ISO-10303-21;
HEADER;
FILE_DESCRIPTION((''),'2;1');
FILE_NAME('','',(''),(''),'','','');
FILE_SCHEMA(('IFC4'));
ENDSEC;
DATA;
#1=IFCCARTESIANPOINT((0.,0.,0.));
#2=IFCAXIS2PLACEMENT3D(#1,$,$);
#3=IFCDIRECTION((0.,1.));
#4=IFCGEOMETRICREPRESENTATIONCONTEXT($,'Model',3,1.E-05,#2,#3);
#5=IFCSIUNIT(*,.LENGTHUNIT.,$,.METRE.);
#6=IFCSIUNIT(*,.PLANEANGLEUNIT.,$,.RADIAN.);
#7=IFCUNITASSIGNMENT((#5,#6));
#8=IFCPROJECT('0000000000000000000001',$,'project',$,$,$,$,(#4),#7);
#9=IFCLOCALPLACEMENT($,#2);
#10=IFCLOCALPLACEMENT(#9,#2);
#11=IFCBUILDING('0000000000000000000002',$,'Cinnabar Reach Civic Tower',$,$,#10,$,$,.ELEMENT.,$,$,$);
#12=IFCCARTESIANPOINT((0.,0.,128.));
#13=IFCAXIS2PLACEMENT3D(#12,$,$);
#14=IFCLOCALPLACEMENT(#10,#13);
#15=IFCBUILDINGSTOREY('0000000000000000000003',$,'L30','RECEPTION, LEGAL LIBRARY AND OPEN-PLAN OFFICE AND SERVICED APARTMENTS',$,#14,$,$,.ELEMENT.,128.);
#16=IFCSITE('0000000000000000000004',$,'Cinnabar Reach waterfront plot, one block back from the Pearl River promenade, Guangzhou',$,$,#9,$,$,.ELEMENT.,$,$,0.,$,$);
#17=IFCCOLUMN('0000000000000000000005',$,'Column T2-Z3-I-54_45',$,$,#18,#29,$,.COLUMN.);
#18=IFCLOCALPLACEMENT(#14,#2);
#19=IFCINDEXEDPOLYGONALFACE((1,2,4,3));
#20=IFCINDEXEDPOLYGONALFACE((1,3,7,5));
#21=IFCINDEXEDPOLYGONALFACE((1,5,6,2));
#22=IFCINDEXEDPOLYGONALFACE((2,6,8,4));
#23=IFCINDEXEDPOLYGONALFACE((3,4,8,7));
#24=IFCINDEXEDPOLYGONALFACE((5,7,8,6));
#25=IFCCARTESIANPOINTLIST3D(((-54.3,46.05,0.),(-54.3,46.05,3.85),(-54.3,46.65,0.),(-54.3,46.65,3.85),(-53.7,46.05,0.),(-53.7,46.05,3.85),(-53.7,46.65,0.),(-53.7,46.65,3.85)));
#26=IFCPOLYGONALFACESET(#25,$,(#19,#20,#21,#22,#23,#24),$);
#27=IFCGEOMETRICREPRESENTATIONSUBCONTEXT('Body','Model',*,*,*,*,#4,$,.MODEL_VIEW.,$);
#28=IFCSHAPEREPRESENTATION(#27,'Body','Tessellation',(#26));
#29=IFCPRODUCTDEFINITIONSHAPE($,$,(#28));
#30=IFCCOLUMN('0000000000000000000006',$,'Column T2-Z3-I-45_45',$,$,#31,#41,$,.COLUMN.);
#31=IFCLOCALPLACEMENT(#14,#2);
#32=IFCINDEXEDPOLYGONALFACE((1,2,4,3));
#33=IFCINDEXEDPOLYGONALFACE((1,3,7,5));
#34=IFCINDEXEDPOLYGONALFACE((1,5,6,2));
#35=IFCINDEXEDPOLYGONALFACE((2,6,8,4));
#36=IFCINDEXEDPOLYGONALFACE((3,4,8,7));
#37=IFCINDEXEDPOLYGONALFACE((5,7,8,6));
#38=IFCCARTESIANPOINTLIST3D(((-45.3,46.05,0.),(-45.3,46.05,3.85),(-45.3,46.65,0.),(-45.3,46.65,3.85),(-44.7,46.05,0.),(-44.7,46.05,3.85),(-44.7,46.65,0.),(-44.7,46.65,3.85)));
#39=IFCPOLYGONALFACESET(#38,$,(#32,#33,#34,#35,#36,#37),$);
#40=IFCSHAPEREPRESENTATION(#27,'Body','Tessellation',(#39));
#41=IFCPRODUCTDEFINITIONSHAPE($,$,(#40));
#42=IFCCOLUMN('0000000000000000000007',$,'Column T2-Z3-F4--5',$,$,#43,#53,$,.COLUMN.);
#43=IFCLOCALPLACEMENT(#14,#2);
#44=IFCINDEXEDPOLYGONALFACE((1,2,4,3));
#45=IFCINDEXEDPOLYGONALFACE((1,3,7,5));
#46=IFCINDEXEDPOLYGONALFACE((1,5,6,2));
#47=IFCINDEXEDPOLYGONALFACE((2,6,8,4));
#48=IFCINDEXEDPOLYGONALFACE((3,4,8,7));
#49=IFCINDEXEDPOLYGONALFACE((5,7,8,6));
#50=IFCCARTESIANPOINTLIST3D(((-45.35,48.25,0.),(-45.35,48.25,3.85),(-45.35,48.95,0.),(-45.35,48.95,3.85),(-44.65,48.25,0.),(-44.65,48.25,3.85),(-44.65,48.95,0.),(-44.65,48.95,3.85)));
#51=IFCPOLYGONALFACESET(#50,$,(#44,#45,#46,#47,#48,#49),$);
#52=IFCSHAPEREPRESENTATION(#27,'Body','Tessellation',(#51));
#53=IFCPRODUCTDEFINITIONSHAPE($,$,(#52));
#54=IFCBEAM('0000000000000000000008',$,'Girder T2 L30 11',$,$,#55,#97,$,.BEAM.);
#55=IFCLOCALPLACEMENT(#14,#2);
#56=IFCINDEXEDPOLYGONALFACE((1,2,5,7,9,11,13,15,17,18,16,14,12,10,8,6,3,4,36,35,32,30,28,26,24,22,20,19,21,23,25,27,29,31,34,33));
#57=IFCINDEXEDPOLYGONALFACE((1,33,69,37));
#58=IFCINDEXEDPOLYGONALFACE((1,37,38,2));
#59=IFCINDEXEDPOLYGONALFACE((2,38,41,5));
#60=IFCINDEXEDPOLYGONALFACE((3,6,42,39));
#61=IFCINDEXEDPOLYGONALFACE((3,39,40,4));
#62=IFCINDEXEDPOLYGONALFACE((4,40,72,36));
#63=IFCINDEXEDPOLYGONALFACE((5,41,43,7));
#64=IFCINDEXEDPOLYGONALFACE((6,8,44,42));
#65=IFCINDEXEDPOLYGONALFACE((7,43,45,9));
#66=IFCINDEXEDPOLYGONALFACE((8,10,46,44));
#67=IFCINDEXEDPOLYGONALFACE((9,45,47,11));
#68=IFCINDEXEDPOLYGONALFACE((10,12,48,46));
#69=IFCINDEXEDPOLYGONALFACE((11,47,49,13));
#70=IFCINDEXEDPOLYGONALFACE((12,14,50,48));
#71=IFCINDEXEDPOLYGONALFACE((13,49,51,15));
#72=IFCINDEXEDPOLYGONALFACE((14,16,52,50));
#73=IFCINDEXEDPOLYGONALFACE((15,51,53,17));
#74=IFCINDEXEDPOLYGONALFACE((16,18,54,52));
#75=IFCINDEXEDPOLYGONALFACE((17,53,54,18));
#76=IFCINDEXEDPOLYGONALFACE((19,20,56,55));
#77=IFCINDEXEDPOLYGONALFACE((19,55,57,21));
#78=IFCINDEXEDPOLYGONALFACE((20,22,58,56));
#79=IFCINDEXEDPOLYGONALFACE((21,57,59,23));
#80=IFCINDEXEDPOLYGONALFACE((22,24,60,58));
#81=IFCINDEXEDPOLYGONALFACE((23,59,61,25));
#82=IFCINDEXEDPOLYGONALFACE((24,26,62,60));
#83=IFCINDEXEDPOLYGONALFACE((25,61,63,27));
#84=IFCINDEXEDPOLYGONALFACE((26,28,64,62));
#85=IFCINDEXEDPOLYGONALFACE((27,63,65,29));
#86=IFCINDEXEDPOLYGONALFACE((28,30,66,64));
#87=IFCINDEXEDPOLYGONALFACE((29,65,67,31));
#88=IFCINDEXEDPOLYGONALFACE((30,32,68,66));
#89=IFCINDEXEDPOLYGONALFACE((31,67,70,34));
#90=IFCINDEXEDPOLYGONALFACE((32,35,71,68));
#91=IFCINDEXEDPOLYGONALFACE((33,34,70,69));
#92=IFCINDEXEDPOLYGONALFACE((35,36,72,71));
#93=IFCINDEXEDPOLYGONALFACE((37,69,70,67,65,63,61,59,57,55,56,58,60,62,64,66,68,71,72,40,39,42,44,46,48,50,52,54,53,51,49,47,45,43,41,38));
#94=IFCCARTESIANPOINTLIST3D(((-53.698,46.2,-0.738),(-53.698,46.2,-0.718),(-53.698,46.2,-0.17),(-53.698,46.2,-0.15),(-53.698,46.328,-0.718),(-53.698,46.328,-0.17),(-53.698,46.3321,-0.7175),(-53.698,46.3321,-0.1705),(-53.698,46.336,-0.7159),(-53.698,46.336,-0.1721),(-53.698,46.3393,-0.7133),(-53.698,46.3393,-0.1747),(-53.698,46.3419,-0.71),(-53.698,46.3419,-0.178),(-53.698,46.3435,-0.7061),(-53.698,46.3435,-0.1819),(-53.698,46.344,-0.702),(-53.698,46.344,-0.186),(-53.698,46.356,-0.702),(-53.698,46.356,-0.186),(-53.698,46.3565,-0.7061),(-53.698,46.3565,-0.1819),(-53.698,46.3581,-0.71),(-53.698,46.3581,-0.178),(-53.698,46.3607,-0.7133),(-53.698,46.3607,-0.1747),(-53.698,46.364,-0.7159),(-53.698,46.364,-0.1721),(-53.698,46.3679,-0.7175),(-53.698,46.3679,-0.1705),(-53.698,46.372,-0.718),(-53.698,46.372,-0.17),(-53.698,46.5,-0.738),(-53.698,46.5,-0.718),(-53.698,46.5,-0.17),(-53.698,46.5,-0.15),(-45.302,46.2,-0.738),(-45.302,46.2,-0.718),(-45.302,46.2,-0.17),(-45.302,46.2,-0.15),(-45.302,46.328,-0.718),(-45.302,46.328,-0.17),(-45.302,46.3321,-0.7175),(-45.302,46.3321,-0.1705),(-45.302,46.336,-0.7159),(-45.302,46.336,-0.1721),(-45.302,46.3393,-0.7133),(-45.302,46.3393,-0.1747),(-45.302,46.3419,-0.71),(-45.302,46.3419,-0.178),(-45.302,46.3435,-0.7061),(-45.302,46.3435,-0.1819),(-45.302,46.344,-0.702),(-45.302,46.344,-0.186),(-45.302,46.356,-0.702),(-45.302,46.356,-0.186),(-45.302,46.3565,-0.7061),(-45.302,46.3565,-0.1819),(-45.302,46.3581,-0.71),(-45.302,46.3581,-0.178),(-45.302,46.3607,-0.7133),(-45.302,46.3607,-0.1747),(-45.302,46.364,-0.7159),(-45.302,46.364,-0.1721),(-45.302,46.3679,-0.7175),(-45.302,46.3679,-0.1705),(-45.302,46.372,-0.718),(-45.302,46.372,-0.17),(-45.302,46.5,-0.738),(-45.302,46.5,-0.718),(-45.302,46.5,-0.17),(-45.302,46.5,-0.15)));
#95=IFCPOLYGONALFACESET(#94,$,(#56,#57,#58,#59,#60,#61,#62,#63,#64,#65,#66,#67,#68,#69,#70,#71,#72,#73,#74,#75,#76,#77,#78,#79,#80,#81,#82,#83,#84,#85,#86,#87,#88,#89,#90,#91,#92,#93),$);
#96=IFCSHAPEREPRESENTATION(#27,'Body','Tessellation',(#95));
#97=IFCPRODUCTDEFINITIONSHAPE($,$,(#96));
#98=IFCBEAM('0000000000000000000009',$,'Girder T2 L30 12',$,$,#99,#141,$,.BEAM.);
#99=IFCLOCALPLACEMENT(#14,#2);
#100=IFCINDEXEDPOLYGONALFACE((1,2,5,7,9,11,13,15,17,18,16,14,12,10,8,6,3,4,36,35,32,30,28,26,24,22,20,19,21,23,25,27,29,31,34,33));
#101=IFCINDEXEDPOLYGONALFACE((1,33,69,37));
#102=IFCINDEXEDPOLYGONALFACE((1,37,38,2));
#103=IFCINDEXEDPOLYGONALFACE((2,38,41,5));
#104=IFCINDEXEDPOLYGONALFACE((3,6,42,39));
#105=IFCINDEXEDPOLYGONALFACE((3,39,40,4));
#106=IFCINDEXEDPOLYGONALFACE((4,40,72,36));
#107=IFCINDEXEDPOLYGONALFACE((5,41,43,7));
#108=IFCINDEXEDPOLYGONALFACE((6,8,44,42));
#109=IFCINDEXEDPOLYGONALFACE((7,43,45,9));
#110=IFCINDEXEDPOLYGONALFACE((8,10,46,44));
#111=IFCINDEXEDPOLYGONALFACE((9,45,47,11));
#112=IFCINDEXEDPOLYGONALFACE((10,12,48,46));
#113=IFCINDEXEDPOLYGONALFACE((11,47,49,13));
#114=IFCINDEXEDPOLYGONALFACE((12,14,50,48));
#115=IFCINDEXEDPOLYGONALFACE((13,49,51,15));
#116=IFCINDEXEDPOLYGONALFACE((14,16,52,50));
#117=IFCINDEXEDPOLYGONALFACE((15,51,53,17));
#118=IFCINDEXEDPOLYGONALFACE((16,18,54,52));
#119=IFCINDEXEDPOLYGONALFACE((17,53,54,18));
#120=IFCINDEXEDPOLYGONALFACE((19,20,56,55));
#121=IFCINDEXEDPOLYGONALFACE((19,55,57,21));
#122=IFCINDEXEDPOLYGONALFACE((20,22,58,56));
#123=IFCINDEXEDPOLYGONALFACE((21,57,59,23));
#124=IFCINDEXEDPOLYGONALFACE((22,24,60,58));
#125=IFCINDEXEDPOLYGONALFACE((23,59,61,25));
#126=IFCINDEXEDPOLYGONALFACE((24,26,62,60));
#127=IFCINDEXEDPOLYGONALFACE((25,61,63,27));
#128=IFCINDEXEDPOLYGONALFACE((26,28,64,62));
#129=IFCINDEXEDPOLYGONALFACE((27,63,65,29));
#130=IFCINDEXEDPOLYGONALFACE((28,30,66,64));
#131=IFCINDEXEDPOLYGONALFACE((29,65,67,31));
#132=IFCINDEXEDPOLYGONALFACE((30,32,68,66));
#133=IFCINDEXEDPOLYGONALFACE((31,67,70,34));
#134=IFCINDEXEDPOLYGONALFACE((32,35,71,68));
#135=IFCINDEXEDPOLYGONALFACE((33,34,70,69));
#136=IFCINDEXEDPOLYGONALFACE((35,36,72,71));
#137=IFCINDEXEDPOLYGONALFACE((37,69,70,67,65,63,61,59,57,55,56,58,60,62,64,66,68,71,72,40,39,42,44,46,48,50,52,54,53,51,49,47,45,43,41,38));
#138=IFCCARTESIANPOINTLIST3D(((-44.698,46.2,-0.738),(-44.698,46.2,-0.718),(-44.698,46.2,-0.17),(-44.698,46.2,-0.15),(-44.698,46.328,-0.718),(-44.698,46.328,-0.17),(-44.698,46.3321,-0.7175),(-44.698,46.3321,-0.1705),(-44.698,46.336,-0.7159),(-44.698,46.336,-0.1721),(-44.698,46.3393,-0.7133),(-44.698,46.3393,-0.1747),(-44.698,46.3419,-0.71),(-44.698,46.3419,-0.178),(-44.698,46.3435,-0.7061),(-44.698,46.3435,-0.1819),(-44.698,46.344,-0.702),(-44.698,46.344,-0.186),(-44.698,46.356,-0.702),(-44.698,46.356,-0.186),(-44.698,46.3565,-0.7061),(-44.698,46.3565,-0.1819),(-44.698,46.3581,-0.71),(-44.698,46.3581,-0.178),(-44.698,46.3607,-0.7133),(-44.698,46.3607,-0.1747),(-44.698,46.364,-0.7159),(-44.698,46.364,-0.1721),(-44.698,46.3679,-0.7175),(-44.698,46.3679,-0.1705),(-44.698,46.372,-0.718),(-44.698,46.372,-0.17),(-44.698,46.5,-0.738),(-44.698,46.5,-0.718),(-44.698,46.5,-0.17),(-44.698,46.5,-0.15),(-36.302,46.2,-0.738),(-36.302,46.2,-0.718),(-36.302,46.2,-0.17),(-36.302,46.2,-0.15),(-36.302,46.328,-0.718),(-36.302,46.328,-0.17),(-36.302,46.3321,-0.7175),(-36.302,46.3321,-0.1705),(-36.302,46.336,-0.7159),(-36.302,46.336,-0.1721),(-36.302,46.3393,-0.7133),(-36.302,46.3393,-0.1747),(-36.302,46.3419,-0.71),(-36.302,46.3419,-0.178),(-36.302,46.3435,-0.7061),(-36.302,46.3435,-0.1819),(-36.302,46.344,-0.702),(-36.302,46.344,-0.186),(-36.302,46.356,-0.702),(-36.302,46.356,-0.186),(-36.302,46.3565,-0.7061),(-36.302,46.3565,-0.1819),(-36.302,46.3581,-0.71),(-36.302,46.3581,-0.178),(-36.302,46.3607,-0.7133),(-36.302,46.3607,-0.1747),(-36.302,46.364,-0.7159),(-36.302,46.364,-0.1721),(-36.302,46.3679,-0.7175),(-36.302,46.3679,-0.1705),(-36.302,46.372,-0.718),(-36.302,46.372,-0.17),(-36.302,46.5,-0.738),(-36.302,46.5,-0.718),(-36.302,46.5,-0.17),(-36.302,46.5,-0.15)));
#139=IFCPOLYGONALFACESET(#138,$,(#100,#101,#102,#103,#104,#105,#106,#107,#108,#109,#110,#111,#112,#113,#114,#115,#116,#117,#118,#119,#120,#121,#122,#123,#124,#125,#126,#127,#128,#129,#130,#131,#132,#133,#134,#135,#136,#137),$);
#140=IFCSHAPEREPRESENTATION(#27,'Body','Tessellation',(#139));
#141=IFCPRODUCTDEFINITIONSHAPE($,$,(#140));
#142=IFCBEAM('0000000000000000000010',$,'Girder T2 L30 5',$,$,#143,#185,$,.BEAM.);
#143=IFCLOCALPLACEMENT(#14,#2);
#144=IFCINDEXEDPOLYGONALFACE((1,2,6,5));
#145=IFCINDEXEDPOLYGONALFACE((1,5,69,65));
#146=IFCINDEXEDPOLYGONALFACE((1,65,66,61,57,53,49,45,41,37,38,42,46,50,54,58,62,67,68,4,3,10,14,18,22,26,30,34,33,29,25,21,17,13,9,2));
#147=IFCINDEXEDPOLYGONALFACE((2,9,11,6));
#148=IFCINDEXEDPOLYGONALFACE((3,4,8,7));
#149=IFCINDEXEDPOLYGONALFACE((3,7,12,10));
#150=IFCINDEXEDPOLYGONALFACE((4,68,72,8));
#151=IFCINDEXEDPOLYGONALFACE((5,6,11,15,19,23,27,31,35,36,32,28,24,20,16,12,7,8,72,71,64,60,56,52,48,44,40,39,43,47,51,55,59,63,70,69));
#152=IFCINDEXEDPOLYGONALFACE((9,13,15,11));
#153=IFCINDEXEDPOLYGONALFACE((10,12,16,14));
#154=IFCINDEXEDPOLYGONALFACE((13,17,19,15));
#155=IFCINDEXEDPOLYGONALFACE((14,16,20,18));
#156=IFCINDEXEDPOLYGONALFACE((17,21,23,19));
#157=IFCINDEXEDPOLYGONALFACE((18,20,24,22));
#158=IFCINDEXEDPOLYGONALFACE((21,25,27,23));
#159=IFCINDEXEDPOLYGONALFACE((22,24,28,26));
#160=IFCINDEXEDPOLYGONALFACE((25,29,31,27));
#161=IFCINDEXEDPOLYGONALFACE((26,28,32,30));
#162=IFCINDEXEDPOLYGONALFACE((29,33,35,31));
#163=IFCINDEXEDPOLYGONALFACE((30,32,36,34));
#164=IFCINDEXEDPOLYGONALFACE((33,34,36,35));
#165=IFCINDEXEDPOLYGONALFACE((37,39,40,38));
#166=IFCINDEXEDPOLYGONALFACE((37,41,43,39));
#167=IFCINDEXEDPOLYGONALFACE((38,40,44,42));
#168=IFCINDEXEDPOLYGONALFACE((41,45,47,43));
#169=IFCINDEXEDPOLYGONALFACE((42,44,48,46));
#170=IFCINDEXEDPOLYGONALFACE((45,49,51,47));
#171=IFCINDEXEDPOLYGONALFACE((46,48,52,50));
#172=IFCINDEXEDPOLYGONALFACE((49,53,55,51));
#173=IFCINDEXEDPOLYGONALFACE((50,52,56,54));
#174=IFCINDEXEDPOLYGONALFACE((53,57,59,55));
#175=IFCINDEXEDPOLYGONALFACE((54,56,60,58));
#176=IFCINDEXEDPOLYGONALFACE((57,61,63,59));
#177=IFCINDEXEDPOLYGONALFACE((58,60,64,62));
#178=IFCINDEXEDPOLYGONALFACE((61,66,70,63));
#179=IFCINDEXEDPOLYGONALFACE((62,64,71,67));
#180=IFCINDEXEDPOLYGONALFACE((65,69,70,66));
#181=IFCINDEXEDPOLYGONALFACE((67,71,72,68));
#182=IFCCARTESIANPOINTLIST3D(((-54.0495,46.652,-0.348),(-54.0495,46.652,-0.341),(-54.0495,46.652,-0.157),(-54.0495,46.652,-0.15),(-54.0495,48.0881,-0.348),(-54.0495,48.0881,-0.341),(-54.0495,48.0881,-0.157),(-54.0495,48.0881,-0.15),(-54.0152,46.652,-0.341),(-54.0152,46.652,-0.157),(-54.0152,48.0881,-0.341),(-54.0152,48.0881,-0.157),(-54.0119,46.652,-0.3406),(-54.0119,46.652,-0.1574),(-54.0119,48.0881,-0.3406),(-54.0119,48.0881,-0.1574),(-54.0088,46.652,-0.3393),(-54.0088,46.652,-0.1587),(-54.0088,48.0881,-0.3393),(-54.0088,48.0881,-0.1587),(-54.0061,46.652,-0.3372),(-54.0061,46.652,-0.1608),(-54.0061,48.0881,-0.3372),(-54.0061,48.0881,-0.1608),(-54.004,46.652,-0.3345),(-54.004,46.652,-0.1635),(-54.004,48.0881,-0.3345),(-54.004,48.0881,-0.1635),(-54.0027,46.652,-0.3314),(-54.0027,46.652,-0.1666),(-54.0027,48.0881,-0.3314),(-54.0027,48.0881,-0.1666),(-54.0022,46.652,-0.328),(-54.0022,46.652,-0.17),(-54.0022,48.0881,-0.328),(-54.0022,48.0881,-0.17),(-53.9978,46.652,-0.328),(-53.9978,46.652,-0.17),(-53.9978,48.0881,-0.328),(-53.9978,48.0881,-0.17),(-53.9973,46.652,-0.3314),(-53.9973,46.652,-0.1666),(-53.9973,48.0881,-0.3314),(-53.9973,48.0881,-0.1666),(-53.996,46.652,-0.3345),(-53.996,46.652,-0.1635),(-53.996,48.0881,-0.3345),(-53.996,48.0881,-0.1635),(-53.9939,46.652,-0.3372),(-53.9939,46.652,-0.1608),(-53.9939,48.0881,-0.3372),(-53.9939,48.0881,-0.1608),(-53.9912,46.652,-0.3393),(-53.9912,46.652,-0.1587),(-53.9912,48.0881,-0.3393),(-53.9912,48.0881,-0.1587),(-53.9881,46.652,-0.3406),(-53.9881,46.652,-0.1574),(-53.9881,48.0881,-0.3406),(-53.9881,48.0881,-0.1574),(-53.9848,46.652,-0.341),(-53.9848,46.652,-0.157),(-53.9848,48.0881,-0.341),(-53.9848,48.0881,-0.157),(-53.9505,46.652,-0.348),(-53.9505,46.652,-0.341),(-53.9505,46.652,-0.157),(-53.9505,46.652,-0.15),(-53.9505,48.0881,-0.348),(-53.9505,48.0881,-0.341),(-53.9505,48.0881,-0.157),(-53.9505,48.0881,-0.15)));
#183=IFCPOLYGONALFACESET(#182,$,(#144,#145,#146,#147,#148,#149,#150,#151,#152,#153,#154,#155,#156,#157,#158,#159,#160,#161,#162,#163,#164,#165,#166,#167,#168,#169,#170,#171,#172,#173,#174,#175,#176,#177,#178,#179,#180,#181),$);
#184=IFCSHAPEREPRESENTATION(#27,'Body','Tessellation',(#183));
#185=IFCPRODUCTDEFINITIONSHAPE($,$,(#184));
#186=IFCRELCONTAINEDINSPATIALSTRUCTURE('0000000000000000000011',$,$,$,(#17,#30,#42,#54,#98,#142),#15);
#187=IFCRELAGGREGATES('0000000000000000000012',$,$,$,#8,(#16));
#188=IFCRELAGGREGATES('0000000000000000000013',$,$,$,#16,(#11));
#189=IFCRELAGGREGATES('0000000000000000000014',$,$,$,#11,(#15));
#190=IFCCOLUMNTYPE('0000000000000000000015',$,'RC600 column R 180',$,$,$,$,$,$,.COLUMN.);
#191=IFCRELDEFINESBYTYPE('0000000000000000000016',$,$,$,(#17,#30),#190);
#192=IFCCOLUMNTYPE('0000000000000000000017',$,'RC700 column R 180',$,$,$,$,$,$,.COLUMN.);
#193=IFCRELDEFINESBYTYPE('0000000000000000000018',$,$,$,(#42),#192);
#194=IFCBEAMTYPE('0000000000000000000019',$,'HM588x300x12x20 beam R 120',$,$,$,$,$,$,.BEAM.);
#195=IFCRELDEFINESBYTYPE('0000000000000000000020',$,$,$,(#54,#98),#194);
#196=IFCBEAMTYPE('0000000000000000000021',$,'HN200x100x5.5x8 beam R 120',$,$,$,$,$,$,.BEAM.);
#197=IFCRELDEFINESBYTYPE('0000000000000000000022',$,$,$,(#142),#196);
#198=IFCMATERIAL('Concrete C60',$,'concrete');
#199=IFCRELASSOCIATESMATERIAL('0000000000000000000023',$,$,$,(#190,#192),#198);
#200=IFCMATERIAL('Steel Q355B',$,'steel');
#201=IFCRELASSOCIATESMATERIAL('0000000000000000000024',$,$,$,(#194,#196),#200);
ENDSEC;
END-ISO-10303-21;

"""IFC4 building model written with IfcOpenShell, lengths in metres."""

from ifc_helpers import new_model, si_unit, direction, frame, origin, origin_2d, place, context, subcontext, project, spatial, rectangle, i_section, extrude, material, material_profile, profile_set, type_object, element, save


model = new_model("IFC4")

# Units and contexts
model_context = context("Model", 3, precision=1e-05, world=origin(), true_north=direction((0.0, 1.0)))
body_context = subcontext(model_context, "Body", "Model", "MODEL_VIEW")
ifc_project = project(units=[si_unit("LENGTHUNIT", "METRE"), si_unit("PLANEANGLEUNIT", "RADIAN")], contexts=[model_context])

# Site, building, storey
site_placement = place(None, origin())
site = spatial("IfcSite", under=ifc_project, at=site_placement, Name="Cinnabar Reach waterfront plot, one block back from the Pearl River promenade, Guangzhou", CompositionType="ELEMENT", RefElevation=0.0)
building_placement = place(site_placement, origin())
building = spatial("IfcBuilding", under=site, at=building_placement, Name="Cinnabar Reach Civic Tower", CompositionType="ELEMENT")
storey_placement = place(building_placement, frame((0.0, 0.0, 128.0)))
storey = spatial("IfcBuildingStorey", under=building, at=storey_placement, Name="L30", Description="RECEPTION, LEGAL LIBRARY AND OPEN-PLAN OFFICE AND SERVICED APARTMENTS", CompositionType="ELEMENT", Elevation=128.0)

# Columns
ifc_material_1 = material(Name="Concrete C60", Category="concrete")
ifc_material_profile_1 = material_profile(ifc_material_1, rectangle(XDim=0.6, YDim=0.6, at=origin_2d()), Name="RC600")
ifc_profile_set_1 = profile_set([ifc_material_profile_1], Name="Concrete C60")
column_type_1 = type_object("IfcColumnType", Name="RC600 column R 180", PredefinedType="COLUMN", material=ifc_profile_set_1)
for number, where, z_axis, x_axis, name in (
    (1, (-54.0, 46.35, 0.0), (0.0, 0.0, 1.0), (1.0, 0.0, 0.0), "Column T2-Z3-I-54_45"),
    (2, (-45.0, 46.35, 0.0), (0.0, 0.0, 1.0), (1.0, 0.0, 0.0), "Column T2-Z3-I-45_45"),
):
    element("IfcColumn", number, at=place(storey_placement, frame(where, z_axis=z_axis, x_axis=x_axis)), inside=storey, type_object=column_type_1, Name=name, PredefinedType="COLUMN", context=body_context, shape_type="SweptSolid", body=[
        extrude(rectangle(XDim=0.6, YDim=0.6, at=origin_2d()), origin(), (0.0, 0.0, 1.0), 3.85),
    ])
ifc_material_profile_2 = material_profile(ifc_material_1, rectangle(XDim=0.7, YDim=0.7, at=origin_2d()), Name="RC700")
ifc_profile_set_2 = profile_set([ifc_material_profile_2], Name="Concrete C60")
column_type_2 = type_object("IfcColumnType", Name="RC700 column R 180", PredefinedType="COLUMN", material=ifc_profile_set_2)
column_placement = place(storey_placement, frame((-45.0, 48.6, 0.0), z_axis=(0.0, 0.0, 1.0), x_axis=(1.0, 0.0, 0.0)))
element("IfcColumn", 3, at=column_placement, inside=storey, type_object=column_type_2, Name="Column T2-Z3-F4--5", PredefinedType="COLUMN", context=body_context, shape_type="SweptSolid", body=[
    extrude(rectangle(XDim=0.7, YDim=0.7, at=origin_2d()), origin(), (0.0, 0.0, 1.0), 3.85),
])

# Beams
ifc_material_2 = material(Name="Steel Q355B", Category="steel")
ifc_material_profile_3 = material_profile(ifc_material_2, i_section(OverallWidth=0.3, OverallDepth=0.588, WebThickness=0.012, FlangeThickness=0.02, FilletRadius=0.016, at=origin_2d()), Name="HM588x300x12x20")
ifc_profile_set_3 = profile_set([ifc_material_profile_3], Name="Steel Q355B")
beam_type_1 = type_object("IfcBeamType", Name="HM588x300x12x20 beam R 120", PredefinedType="BEAM", material=ifc_profile_set_3)
for number, where, z_axis, x_axis, name in (
    (4, (-53.698, 46.35, -0.444), (1.0, 0.0, 0.0), (0.0, 1.0, 0.0), "Girder T2 L30 11"),
    (5, (-44.698, 46.35, -0.444), (1.0, 0.0, 0.0), (0.0, 1.0, 0.0), "Girder T2 L30 12"),
):
    element("IfcBeam", number, at=place(storey_placement, frame(where, z_axis=z_axis, x_axis=x_axis)), inside=storey, type_object=beam_type_1, Name=name, PredefinedType="BEAM", context=body_context, shape_type="SweptSolid", body=[
        extrude(i_section(OverallWidth=0.3, OverallDepth=0.588, WebThickness=0.012, FlangeThickness=0.02, FilletRadius=0.016, at=origin_2d()), origin(), (0.0, 0.0, 1.0), 8.396),
    ])
ifc_material_profile_4 = material_profile(ifc_material_2, i_section(OverallWidth=0.099, OverallDepth=0.198, WebThickness=0.0045, FlangeThickness=0.007, FilletRadius=0.013, at=origin_2d()), Name="HN200x100x5.5x8")
ifc_profile_set_4 = profile_set([ifc_material_profile_4], Name="Steel Q355B")
beam_type_2 = type_object("IfcBeamType", Name="HN200x100x5.5x8 beam R 120", PredefinedType="BEAM", material=ifc_profile_set_4)
beam_1_placement = place(storey_placement, frame((-54.0, 46.652, -0.249), z_axis=(0.0, 1.0, 0.0), x_axis=(-1.0, 0.0, 0.0)))
element("IfcBeam", 6, at=beam_1_placement, inside=storey, type_object=beam_type_2, Name="Girder T2 L30 5", PredefinedType="BEAM", context=body_context, shape_type="SweptSolid", body=[
    extrude(i_section(OverallWidth=0.099, OverallDepth=0.198, WebThickness=0.0045, FlangeThickness=0.007, FilletRadius=0.013, at=origin_2d()), origin(), (0.0, 0.0, 1.0), 1.4361),
])

save(model, "model.ifc")
